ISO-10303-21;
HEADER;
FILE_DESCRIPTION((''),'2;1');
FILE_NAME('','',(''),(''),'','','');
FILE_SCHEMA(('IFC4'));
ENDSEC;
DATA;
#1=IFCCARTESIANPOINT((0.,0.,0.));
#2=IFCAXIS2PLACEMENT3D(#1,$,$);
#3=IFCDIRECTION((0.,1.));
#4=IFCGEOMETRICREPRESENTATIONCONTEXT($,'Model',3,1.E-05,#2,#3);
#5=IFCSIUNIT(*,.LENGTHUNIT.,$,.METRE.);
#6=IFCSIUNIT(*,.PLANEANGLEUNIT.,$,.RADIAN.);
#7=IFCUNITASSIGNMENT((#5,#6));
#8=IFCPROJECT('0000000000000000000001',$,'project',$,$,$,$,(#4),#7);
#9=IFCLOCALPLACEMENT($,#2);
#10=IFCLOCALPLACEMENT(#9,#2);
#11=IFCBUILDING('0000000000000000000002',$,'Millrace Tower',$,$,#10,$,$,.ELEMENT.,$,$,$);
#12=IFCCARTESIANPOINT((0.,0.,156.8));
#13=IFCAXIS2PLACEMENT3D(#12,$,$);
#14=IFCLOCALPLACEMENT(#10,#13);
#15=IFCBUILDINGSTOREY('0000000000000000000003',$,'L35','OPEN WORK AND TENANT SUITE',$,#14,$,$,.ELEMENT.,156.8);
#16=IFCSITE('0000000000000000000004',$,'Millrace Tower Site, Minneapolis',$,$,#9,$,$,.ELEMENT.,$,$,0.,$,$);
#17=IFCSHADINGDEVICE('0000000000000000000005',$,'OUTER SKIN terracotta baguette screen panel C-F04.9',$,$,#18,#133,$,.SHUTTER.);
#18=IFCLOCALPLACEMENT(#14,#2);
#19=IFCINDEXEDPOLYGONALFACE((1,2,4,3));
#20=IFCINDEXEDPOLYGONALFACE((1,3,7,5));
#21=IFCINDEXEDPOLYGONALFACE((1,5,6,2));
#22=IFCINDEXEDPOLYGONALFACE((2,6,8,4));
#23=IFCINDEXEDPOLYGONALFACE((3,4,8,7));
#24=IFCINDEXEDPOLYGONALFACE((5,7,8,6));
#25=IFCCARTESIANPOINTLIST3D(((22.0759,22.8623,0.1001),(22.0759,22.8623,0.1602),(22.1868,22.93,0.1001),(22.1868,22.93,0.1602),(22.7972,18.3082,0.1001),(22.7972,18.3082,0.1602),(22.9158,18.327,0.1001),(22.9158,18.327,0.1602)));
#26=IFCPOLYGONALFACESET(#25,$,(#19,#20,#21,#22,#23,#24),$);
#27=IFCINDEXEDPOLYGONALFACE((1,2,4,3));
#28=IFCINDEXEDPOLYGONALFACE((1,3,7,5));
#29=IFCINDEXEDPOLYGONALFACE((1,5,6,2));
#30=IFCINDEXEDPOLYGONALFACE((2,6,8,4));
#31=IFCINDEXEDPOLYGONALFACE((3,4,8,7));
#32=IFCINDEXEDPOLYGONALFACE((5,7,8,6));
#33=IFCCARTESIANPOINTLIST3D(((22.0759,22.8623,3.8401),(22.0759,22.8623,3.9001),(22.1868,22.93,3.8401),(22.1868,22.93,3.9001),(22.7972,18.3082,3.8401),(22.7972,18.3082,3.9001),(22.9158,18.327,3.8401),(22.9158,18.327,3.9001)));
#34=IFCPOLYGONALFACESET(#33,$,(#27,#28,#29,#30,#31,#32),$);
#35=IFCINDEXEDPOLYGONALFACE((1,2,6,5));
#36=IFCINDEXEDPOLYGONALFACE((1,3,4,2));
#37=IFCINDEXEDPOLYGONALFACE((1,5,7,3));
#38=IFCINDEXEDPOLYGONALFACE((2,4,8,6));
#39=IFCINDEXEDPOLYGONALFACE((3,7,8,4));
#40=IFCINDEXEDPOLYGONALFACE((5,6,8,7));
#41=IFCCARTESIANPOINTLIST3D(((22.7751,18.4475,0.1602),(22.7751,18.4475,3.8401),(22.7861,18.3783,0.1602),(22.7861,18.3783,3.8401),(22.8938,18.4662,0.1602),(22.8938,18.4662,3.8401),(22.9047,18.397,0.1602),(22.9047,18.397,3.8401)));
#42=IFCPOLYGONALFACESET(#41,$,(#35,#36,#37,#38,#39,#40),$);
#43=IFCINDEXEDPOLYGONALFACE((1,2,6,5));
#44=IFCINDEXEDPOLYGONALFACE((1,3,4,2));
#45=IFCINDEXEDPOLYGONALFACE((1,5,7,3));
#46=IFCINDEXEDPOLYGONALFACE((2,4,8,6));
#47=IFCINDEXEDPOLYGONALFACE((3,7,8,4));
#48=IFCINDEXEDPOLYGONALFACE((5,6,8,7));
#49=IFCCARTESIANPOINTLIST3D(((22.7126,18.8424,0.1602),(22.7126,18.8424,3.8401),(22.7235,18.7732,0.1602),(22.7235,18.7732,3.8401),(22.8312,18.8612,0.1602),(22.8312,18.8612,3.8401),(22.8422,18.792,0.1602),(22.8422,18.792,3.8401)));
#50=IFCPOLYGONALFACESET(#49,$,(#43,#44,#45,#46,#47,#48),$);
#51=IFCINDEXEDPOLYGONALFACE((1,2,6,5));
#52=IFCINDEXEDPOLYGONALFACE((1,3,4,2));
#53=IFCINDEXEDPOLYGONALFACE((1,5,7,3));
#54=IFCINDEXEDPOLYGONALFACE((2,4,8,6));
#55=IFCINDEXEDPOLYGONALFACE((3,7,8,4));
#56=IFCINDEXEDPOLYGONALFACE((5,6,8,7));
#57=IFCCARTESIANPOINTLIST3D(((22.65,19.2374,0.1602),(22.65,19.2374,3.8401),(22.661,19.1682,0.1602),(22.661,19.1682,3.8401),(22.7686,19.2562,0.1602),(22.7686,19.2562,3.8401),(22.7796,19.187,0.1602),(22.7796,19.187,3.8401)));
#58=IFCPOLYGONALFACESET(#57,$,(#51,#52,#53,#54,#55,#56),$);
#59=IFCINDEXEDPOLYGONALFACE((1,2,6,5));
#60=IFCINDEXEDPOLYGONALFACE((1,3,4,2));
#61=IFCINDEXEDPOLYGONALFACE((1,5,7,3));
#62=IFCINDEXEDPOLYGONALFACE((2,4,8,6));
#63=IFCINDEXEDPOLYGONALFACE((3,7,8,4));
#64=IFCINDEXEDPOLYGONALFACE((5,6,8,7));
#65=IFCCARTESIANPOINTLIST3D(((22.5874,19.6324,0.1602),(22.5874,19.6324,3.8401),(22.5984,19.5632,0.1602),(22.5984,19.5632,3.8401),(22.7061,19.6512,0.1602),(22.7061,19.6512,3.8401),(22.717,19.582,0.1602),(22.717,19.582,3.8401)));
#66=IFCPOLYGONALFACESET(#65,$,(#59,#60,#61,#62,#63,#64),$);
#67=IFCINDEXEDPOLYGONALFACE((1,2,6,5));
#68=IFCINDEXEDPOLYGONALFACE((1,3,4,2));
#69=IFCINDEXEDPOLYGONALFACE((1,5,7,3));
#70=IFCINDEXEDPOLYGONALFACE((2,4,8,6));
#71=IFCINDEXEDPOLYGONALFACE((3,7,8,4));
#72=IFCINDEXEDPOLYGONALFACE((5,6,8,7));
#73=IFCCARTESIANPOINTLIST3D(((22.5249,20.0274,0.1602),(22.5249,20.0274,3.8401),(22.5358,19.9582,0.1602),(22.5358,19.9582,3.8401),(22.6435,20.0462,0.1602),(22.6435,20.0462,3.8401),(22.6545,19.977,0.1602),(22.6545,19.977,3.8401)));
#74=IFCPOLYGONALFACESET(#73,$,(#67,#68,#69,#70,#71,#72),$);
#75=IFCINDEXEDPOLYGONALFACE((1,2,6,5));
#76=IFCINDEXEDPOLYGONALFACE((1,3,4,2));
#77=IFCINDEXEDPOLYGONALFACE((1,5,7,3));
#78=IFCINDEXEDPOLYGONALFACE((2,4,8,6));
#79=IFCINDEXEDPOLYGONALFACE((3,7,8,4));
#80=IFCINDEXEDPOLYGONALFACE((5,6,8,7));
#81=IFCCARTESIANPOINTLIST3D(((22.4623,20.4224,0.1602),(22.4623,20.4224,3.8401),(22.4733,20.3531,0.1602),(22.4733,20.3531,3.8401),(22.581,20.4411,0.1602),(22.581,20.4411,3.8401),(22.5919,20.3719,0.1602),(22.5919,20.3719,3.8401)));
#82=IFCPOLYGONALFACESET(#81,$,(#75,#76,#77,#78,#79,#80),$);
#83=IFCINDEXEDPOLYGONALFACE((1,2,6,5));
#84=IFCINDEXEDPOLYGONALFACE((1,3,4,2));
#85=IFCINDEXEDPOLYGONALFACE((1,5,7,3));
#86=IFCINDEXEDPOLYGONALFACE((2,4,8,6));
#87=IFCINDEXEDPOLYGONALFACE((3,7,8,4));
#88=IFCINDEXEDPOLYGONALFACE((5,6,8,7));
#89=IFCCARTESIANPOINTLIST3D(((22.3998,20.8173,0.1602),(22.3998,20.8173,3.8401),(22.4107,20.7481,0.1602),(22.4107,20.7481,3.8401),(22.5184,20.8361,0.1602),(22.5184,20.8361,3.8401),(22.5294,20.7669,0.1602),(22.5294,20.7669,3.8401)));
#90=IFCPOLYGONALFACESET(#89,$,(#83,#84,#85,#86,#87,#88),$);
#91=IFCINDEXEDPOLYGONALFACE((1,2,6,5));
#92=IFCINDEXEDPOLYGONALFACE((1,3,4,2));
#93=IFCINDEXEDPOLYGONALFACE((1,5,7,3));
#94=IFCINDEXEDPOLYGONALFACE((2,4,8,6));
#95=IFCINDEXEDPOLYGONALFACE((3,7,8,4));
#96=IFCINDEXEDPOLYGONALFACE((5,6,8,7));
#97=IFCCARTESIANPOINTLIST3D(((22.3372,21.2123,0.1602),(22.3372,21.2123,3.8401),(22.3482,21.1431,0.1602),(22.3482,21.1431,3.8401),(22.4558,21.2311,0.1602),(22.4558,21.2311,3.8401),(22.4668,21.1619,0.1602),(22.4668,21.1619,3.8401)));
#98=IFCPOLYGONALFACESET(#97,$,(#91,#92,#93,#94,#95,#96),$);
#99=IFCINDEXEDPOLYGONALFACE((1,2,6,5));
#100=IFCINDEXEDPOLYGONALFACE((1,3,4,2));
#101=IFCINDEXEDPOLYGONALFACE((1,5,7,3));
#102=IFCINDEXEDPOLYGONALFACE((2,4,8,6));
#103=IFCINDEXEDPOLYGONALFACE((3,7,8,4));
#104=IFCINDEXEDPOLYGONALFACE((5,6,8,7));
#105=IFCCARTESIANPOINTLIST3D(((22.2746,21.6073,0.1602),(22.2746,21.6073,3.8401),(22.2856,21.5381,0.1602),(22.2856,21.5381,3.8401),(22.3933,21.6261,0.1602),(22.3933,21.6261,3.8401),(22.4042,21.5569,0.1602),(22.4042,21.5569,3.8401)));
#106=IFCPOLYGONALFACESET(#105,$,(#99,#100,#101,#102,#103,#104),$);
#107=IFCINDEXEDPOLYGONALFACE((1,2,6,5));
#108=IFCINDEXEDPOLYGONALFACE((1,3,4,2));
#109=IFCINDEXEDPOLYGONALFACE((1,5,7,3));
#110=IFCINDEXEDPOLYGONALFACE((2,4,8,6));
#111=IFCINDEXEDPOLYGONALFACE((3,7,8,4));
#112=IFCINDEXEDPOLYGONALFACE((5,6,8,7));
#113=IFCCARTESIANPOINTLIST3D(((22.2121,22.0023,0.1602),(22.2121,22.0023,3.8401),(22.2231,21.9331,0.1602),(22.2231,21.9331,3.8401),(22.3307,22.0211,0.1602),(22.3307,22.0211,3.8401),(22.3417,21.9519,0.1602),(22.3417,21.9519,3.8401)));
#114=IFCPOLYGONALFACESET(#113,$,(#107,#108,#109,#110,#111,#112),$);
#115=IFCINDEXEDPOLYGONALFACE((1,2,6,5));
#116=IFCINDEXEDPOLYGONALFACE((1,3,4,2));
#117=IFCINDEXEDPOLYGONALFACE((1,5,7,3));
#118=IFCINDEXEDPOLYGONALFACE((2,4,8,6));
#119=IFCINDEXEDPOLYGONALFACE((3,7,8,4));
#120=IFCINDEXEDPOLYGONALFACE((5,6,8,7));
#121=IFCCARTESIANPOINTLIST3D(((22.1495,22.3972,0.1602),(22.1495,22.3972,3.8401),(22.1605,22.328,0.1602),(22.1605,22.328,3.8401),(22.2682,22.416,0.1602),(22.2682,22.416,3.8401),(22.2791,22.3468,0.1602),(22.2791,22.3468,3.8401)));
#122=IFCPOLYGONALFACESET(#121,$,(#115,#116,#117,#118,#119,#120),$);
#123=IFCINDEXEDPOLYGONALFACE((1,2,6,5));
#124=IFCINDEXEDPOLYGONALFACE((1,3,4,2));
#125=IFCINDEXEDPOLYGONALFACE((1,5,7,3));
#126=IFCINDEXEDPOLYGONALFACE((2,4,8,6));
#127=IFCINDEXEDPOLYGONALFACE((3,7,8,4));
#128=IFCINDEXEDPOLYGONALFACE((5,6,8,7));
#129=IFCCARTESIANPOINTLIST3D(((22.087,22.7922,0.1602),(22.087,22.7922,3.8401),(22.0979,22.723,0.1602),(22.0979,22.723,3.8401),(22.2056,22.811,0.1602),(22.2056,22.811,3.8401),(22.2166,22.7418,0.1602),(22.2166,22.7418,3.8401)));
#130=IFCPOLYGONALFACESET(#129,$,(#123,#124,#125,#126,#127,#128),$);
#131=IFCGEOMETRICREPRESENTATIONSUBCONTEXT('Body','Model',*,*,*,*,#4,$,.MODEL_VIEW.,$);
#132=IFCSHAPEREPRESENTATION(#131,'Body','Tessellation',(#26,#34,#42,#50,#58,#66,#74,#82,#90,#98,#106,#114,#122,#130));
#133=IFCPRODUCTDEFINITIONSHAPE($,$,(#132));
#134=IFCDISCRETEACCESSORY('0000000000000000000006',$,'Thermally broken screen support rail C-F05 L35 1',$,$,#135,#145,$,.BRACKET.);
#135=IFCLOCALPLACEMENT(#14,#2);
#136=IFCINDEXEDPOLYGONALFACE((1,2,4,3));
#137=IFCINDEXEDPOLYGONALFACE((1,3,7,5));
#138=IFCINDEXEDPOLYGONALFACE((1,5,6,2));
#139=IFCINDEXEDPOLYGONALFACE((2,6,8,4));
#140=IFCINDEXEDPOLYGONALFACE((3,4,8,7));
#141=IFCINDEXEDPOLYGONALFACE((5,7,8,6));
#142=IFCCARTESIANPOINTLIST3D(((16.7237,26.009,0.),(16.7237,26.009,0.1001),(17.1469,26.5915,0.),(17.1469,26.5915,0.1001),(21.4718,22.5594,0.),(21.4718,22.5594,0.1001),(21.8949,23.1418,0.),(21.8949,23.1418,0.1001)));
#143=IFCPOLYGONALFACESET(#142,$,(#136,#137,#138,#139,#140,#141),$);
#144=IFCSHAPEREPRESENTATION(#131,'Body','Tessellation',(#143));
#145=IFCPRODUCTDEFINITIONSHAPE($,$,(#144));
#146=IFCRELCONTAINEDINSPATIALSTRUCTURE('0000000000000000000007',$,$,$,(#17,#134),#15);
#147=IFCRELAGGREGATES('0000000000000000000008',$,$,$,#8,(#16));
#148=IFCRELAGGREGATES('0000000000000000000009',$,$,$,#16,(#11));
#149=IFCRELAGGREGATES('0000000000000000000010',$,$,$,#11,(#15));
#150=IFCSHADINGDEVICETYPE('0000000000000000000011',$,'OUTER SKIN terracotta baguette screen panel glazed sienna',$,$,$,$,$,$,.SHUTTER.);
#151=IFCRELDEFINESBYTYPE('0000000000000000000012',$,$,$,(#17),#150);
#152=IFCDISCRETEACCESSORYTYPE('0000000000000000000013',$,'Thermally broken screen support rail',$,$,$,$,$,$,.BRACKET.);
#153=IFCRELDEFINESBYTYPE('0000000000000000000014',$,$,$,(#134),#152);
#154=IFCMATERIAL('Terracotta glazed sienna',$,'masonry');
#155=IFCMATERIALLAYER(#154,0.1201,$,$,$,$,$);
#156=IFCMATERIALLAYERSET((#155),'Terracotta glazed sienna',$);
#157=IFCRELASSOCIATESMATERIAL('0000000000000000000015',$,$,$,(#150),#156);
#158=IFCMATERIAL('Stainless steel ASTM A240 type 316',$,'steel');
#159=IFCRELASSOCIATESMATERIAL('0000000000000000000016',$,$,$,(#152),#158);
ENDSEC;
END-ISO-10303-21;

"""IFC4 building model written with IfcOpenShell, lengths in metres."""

from ifc_helpers import new_model, entity, si_unit, direction, frame, frame_2d, origin, origin_2d, place, context, subcontext, project, spatial, rectangle, extrude, source, transform, mapped, material, layer, layer_set, type_object, element, save


model = new_model("IFC4")

# Units and contexts
model_context = context("Model", 3, precision=1e-05, world=origin(), true_north=direction((0.0, 1.0)))
body_context = subcontext(model_context, "Body", "Model", "MODEL_VIEW")
ifc_project = project(units=[si_unit("LENGTHUNIT", "METRE"), si_unit("PLANEANGLEUNIT", "RADIAN")], contexts=[model_context])

# Site, building, storey
site_placement = place(None, origin())
site = spatial("IfcSite", under=ifc_project, at=site_placement, Name="Millrace Tower Site, Minneapolis", CompositionType="ELEMENT", RefElevation=0.0)
building_placement = place(site_placement, origin())
building = spatial("IfcBuilding", under=site, at=building_placement, Name="Millrace Tower", CompositionType="ELEMENT")
storey_placement = place(building_placement, frame((0.0, 0.0, 156.8)))
storey = spatial("IfcBuildingStorey", under=building, at=storey_placement, Name="L35", Description="OPEN WORK AND TENANT SUITE", CompositionType="ELEMENT", Elevation=156.8)

# Shading device
ifc_material_1 = material(Name="Terracotta glazed sienna", Category="masonry")
ifc_layer_1 = layer(ifc_material_1, 0.1201)
ifc_layer_set_1 = layer_set([ifc_layer_1], Name="Terracotta glazed sienna")
shading_device_type = type_object("IfcShadingDeviceType", Name="OUTER SKIN terracotta baguette screen panel glazed sienna", PredefinedType="SHUTTER", material=ifc_layer_set_1)
cartesian_point_1 = entity("IfcCartesianPoint", [-2.3179, 0.0601])
shared_polyline_1 = entity("IfcPolyline", [cartesian_point_1, entity("IfcCartesianPoint", [2.293, 0.0601]), entity("IfcCartesianPoint", [2.3425, -0.0601]), entity("IfcCartesianPoint", [-2.3179, -0.0601]), cartesian_point_1])
shared_shape_1 = source(origin(), body_context, "Body", "SweptSolid", [
    entity("IfcExtrudedAreaSolid", entity("IfcArbitraryClosedProfileDef", "AREA", None, shared_polyline_1), entity("IfcAxis2Placement3D", entity("IfcCartesianPoint", [0.0, 0.0, 0.0])), entity("IfcDirection", [0.0, 0.0, 1.0]), 0.0601),
    entity("IfcExtrudedAreaSolid", entity("IfcArbitraryClosedProfileDef", "AREA", None, shared_polyline_1), entity("IfcAxis2Placement3D", entity("IfcCartesianPoint", [0.0, 0.0, 3.74])), entity("IfcDirection", [0.0, 0.0, 1.0]), 0.0601),
    extrude(rectangle(XDim=0.0701, YDim=0.1201, at=frame_2d((-2.2119, 0.0))), frame((0.0, 0.0, 0.0601)), (0.0, 0.0, 1.0), 3.6799),
    extrude(rectangle(XDim=0.0701, YDim=0.1201, at=frame_2d((-1.812, 0.0))), frame((0.0, 0.0, 0.0601)), (0.0, 0.0, 1.0), 3.6799),
    extrude(rectangle(XDim=0.0701, YDim=0.1201, at=frame_2d((-1.4121, 0.0))), frame((0.0, 0.0, 0.0601)), (0.0, 0.0, 1.0), 3.6799),
    extrude(rectangle(XDim=0.0701, YDim=0.1201, at=frame_2d((-1.0122, 0.0))), frame((0.0, 0.0, 0.0601)), (0.0, 0.0, 1.0), 3.6799),
    extrude(rectangle(XDim=0.0701, YDim=0.1201, at=frame_2d((-0.6123, 0.0))), frame((0.0, 0.0, 0.0601)), (0.0, 0.0, 1.0), 3.6799),
    extrude(rectangle(XDim=0.0701, YDim=0.1201, at=frame_2d((-0.2124, 0.0))), frame((0.0, 0.0, 0.0601)), (0.0, 0.0, 1.0), 3.6799),
    extrude(rectangle(XDim=0.0701, YDim=0.1201, at=frame_2d((0.1875, 0.0))), frame((0.0, 0.0, 0.0601)), (0.0, 0.0, 1.0), 3.6799),
    extrude(rectangle(XDim=0.0701, YDim=0.1201, at=frame_2d((0.5874, 0.0))), frame((0.0, 0.0, 0.0601)), (0.0, 0.0, 1.0), 3.6799),
    extrude(rectangle(XDim=0.0701, YDim=0.1201, at=frame_2d((0.9873, 0.0))), frame((0.0, 0.0, 0.0601)), (0.0, 0.0, 1.0), 3.6799),
    extrude(rectangle(XDim=0.0701, YDim=0.1201, at=frame_2d((1.3872, 0.0))), frame((0.0, 0.0, 0.0601)), (0.0, 0.0, 1.0), 3.6799),
    extrude(rectangle(XDim=0.0701, YDim=0.1201, at=frame_2d((1.7871, 0.0))), frame((0.0, 0.0, 0.0601)), (0.0, 0.0, 1.0), 3.6799),
    extrude(rectangle(XDim=0.0701, YDim=0.1201, at=frame_2d((2.187, 0.0))), frame((0.0, 0.0, 0.0601)), (0.0, 0.0, 1.0), 3.6799),
])
shading_device_1_placement = place(storey_placement, frame((22.4939, 20.6069, 0.1001), z_axis=(0.0, 0.0, 1.0), x_axis=(-0.156434, 0.987688, 0.0)))
element("IfcShadingDevice", 1, at=shading_device_1_placement, inside=storey, type_object=shading_device_type, Name="OUTER SKIN terracotta baguette screen panel C-F04.9", PredefinedType="SHUTTER", context=body_context, shape_type="MappedRepresentation", body=[
    mapped(shared_shape_1, transform((0.0, 0.0, 0.0), scale=1.0)),
])

# Discrete accessory
ifc_material_2 = material(Name="Stainless steel ASTM A240 type 316", Category="steel")
discrete_accessory_type = type_object("IfcDiscreteAccessoryType", Name="Thermally broken screen support rail", PredefinedType="BRACKET", material=ifc_material_2)
discrete_accessory_placement = place(storey_placement, frame((19.3093, 24.5754, 0.0), z_axis=(0.0, 0.0, 1.0), x_axis=(-0.809017, 0.587785, 0.0)))
element("IfcDiscreteAccessory", 2, at=discrete_accessory_placement, inside=storey, type_object=discrete_accessory_type, Name="Thermally broken screen support rail C-F05 L35 1", PredefinedType="BRACKET", context=body_context, shape_type="SweptSolid", body=[
    extrude(rectangle(XDim=5.8689, YDim=0.72, at=origin_2d()), origin(), (0.0, 0.0, 1.0), 0.1001),
])

save(model, "model.ifc")
